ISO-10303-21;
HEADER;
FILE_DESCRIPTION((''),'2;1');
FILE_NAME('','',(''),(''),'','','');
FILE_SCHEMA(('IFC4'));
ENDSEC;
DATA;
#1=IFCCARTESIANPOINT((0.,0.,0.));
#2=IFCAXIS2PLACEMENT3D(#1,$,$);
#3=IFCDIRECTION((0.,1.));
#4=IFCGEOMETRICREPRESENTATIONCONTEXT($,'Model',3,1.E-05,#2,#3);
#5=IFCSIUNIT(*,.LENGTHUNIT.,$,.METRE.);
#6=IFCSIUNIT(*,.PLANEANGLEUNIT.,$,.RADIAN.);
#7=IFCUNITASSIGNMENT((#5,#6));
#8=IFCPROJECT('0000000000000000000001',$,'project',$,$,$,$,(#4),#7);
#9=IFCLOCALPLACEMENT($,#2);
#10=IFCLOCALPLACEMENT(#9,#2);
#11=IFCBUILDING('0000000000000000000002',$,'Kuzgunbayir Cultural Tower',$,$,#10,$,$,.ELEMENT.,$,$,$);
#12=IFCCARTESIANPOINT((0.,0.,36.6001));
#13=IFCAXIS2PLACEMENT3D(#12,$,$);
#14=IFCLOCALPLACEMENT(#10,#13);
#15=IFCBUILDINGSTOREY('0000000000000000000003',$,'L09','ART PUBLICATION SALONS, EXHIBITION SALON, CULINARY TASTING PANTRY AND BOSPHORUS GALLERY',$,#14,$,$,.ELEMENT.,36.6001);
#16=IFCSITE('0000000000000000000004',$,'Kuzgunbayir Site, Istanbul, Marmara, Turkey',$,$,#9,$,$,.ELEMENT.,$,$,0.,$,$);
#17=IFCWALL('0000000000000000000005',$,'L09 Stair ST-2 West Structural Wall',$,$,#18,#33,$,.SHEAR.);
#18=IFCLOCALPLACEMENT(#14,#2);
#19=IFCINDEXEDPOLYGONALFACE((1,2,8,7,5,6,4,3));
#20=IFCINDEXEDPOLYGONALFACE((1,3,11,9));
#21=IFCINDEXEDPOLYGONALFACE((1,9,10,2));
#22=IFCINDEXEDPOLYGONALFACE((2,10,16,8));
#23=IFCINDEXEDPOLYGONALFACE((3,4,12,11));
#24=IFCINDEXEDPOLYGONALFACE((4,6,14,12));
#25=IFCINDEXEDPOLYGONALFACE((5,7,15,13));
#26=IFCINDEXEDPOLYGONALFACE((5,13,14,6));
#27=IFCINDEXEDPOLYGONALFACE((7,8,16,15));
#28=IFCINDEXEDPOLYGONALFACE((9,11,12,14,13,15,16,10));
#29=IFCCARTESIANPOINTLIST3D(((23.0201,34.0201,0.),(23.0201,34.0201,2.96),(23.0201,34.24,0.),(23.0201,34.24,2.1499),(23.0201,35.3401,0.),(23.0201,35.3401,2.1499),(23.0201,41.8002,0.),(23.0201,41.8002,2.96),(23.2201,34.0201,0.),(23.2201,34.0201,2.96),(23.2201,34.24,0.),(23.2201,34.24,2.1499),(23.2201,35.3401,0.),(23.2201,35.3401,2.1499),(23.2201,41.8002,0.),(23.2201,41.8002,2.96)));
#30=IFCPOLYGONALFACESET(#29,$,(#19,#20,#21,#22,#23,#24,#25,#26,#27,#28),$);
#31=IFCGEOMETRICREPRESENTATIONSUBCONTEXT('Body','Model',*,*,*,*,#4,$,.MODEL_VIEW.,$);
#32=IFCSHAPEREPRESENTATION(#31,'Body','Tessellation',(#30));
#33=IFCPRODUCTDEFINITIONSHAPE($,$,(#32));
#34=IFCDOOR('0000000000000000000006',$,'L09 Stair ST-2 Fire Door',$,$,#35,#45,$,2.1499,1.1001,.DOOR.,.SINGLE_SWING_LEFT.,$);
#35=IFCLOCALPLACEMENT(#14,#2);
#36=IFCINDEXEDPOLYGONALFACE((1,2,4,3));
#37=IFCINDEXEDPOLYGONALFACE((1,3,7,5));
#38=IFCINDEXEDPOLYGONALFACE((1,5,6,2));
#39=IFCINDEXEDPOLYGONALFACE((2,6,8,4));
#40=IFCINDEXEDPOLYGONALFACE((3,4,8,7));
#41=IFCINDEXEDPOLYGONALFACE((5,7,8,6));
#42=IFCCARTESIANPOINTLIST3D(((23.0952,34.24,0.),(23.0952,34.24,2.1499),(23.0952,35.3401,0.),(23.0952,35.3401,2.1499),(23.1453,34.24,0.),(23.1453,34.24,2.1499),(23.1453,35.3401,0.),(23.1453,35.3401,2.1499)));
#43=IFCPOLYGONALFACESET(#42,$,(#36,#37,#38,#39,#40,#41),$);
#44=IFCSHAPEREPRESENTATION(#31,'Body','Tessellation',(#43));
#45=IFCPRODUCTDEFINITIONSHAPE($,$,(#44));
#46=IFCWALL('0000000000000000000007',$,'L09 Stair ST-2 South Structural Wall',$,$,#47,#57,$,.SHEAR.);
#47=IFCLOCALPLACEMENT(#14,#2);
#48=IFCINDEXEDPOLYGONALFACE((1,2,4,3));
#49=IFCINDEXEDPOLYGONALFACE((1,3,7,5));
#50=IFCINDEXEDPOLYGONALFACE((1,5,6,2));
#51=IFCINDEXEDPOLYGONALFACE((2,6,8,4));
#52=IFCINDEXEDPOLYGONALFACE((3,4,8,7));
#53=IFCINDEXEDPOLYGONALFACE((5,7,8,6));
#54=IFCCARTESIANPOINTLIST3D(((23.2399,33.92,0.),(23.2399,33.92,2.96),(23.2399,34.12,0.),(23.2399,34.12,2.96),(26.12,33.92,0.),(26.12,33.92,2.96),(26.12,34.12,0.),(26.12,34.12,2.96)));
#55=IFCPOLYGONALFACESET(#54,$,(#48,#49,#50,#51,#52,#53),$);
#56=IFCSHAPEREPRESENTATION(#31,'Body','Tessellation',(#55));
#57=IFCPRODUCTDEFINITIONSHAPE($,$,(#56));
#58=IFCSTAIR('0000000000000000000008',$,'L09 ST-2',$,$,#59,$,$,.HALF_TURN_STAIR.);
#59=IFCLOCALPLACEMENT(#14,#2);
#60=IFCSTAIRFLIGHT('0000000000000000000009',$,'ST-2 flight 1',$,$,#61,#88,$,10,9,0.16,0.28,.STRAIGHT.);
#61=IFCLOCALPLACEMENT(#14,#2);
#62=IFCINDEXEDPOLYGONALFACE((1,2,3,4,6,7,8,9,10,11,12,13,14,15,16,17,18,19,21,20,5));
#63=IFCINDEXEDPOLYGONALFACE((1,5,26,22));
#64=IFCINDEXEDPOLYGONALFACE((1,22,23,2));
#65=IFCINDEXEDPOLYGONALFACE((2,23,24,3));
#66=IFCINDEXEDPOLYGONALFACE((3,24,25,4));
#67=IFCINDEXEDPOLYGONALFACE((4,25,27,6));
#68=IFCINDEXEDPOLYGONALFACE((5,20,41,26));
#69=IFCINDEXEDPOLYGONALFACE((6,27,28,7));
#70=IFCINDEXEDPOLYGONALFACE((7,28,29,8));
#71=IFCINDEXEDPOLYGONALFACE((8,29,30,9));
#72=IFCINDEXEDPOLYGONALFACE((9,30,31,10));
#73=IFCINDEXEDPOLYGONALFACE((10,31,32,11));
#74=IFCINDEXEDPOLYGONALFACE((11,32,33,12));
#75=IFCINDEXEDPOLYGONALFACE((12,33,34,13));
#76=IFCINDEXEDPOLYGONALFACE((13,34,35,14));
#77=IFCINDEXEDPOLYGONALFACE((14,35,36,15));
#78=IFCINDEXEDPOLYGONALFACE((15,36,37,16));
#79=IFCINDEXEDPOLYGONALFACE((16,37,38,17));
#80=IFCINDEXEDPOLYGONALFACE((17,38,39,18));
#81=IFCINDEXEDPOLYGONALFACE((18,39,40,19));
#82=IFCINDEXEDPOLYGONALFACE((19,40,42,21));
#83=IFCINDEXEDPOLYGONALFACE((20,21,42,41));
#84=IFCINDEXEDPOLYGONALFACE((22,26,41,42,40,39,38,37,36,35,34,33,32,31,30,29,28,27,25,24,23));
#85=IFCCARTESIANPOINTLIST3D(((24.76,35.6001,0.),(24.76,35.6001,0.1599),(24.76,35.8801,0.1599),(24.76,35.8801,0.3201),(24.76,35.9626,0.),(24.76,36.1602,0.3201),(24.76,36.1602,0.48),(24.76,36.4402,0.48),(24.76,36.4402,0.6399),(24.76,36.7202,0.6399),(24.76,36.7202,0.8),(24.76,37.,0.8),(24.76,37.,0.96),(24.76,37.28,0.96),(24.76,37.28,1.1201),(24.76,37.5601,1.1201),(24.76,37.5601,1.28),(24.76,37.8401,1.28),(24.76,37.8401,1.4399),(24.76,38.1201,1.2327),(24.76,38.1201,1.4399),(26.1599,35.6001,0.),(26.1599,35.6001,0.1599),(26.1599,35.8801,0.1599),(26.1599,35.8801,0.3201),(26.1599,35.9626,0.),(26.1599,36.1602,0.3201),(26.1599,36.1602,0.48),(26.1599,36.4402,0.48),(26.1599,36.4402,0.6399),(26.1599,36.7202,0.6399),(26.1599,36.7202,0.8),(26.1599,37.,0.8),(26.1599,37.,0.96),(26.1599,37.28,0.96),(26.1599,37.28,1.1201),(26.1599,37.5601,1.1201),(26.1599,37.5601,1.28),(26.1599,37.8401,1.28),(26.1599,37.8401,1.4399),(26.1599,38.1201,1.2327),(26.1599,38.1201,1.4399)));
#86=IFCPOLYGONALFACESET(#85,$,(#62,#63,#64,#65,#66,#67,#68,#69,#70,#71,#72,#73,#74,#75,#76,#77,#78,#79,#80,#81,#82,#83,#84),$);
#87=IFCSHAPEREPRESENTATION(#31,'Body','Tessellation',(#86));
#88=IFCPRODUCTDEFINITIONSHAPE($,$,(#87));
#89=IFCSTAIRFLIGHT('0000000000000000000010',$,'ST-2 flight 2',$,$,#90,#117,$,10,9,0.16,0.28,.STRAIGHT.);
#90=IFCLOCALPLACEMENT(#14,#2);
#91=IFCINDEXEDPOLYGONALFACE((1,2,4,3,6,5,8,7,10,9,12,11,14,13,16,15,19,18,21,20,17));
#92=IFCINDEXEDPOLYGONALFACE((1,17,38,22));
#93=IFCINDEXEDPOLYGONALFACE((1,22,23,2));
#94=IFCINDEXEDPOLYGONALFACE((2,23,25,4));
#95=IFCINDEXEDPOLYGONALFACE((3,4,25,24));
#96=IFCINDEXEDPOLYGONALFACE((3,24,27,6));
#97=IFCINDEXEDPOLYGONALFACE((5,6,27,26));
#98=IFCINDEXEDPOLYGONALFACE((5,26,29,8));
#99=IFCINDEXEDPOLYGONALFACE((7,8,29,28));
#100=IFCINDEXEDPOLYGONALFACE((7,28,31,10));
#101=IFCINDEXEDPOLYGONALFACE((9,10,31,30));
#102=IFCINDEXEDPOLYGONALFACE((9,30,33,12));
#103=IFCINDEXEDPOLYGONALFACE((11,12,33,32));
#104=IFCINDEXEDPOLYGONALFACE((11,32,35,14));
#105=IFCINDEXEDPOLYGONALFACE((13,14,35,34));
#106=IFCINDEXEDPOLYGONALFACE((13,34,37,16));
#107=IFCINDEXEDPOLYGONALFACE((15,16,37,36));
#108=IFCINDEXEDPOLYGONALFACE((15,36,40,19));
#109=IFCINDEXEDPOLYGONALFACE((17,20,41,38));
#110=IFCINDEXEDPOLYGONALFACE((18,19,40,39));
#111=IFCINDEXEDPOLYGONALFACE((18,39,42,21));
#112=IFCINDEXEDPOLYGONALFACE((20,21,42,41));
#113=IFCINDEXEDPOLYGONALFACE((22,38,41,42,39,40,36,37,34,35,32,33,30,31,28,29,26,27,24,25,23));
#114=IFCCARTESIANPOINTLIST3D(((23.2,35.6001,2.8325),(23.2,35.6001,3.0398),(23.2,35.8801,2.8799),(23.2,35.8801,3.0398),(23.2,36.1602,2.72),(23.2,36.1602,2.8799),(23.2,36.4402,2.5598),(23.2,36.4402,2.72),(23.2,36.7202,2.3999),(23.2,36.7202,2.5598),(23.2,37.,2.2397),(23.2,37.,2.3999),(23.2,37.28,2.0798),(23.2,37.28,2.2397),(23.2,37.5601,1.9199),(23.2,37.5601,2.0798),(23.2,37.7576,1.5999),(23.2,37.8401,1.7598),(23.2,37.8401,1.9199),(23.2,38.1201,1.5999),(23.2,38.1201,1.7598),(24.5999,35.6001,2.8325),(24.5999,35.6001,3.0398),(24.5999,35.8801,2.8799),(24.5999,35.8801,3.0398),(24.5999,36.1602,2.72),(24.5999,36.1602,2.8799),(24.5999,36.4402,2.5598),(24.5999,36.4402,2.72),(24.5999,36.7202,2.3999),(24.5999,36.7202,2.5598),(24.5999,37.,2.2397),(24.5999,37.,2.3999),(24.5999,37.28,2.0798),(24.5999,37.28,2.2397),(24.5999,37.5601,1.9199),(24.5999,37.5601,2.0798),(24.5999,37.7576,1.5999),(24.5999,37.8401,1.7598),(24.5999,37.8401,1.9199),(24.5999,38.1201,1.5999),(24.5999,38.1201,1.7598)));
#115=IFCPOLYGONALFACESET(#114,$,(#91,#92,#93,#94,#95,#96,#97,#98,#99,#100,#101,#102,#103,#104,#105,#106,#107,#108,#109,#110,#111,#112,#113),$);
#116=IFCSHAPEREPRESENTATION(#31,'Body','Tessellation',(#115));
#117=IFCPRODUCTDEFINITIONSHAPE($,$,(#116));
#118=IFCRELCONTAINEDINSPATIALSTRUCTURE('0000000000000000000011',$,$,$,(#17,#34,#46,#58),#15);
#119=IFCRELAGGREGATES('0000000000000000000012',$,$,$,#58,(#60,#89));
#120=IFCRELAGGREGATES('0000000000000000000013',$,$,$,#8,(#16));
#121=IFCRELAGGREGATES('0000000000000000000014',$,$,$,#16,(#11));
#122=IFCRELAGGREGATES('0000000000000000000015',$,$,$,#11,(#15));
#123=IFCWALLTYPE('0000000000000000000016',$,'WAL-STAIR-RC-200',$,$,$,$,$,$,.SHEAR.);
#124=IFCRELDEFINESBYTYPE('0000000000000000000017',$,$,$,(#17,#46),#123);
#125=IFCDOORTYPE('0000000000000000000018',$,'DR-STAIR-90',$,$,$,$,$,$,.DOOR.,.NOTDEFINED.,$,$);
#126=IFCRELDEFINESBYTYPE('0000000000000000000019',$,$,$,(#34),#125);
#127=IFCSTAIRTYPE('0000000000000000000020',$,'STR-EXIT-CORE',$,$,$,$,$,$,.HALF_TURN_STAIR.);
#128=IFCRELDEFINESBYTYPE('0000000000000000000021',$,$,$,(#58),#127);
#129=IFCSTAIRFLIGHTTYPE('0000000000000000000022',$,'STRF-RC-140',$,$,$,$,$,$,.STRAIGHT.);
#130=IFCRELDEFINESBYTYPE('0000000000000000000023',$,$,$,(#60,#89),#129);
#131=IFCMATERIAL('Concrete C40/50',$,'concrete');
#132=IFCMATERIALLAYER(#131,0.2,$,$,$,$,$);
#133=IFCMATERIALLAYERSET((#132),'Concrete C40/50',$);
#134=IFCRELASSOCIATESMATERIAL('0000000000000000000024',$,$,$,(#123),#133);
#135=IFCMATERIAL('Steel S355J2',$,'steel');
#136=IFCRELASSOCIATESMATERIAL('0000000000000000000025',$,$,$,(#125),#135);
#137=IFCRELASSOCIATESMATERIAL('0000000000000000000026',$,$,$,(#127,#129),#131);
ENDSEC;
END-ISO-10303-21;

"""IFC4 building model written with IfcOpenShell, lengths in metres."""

from ifc_helpers import new_model, si_unit, direction, frame, frame_2d, origin, place, context, subcontext, project, spatial, polyline, rectangle, outline, extrude, material, layer, layer_set, type_object, element, fill, aggregate, save


model = new_model("IFC4")

# Units and contexts
model_context = context("Model", 3, precision=1e-05, world=origin(), true_north=direction((0.0, 1.0)))
body_context = subcontext(model_context, "Body", "Model", "MODEL_VIEW")
ifc_project = project(units=[si_unit("LENGTHUNIT", "METRE"), si_unit("PLANEANGLEUNIT", "RADIAN")], contexts=[model_context])

# Site, building, storey
site_placement = place(None, origin())
site = spatial("IfcSite", under=ifc_project, at=site_placement, Name="Kuzgunbayir Site, Istanbul, Marmara, Turkey", CompositionType="ELEMENT", RefElevation=0.0)
building_placement = place(site_placement, origin())
building = spatial("IfcBuilding", under=site, at=building_placement, Name="Kuzgunbayir Cultural Tower", CompositionType="ELEMENT")
storey_placement = place(building_placement, frame((0.0, 0.0, 36.6001)))
storey = spatial("IfcBuildingStorey", under=building, at=storey_placement, Name="L09", Description="ART PUBLICATION SALONS, EXHIBITION SALON, CULINARY TASTING PANTRY AND BOSPHORUS GALLERY", CompositionType="ELEMENT", Elevation=36.6001)

# Shared definitions
ifc_material_1 = material(Name="Steel S355J2", Category="steel")

# Shared definitions
ifc_material_2 = material(Name="Concrete C40/50", Category="concrete")

# Wall, opening, door
ifc_layer_1 = layer(ifc_material_2, 0.2)
ifc_layer_set_1 = layer_set([ifc_layer_1], Name="Concrete C40/50")
wall_type_1 = type_object("IfcWallType", Name="WAL-STAIR-RC-200", PredefinedType="SHEAR", material=ifc_layer_set_1)
wall_1_placement = place(storey_placement, frame((23.1201, 34.02, 0.0), z_axis=(0.0, 0.0, 1.0), x_axis=(0.0, 1.0, 0.0)))
wall_1 = element("IfcWall", 1, at=wall_1_placement, inside=storey, type_object=wall_type_1, Name="L09 Stair ST-2 West Structural Wall", PredefinedType="SHEAR", context=body_context, shape_type="SweptSolid", body=[
    extrude(rectangle(XDim=7.78, YDim=0.2, at=frame_2d((3.8901, 0.0))), origin(), (0.0, 0.0, 1.0), 2.96),
])
opening_1_placement = place(wall_1_placement, frame((0.22, 0.0, 0.0)))
opening_1 = element("IfcOpeningElement", 2, at=opening_1_placement, cuts=wall_1, PredefinedType="OPENING", context=body_context, shape_type="SweptSolid", body=[
    extrude(rectangle(XDim=1.1001, YDim=2.1499, at=frame_2d((0.55, 1.075))), frame((0.0, 0.1099, 0.0), z_axis=(0.0, -1.0, 0.0), x_axis=(1.0, 0.0, 0.0)), (0.0, 0.0, 1.0), 0.22),
])
door_type_1 = type_object("IfcDoorType", Name="DR-STAIR-90", OperationType="NOTDEFINED", PredefinedType="DOOR", material=ifc_material_1)
door_1_placement = place(opening_1_placement, origin())
door_1 = element("IfcDoor", 3, at=door_1_placement, inside=storey, type_object=door_type_1, Name="L09 Stair ST-2 Fire Door", OperationType="SINGLE_SWING_LEFT", OverallHeight=2.1499, OverallWidth=1.1001, PredefinedType="DOOR", context=body_context, shape_type="SweptSolid", body=[
    extrude(rectangle(XDim=1.1001, YDim=2.1499, at=frame_2d((0.55, 1.075))), frame((0.0, 0.0249, 0.0), z_axis=(0.0, -1.0, 0.0), x_axis=(1.0, 0.0, 0.0)), (0.0, 0.0, 1.0), 0.05),
])
fill(opening_1, door_1)

# Wall
wall_2_placement = place(storey_placement, frame((23.24, 34.02, 0.0), z_axis=(0.0, 0.0, 1.0), x_axis=(1.0, 0.0, 0.0)))
element("IfcWall", 4, at=wall_2_placement, inside=storey, type_object=wall_type_1, Name="L09 Stair ST-2 South Structural Wall", PredefinedType="SHEAR", context=body_context, shape_type="SweptSolid", body=[
    extrude(rectangle(XDim=2.8801, YDim=0.2, at=frame_2d((1.4399, 0.0))), origin(), (0.0, 0.0, 1.0), 2.96),
])

# Stair, stair flights
stair_type = type_object("IfcStairType", Name="STR-EXIT-CORE", PredefinedType="HALF_TURN_STAIR", material=ifc_material_2)
stair_placement = place(storey_placement, origin())
stair = element("IfcStair", 5, at=stair_placement, inside=storey, type_object=stair_type, Name="L09 ST-2", PredefinedType="HALF_TURN_STAIR")
stair_flight_type = type_object("IfcStairFlightType", Name="STRF-RC-140", PredefinedType="STRAIGHT", material=ifc_material_2)
stair_flight_1_placement = place(storey_placement, frame((25.46, 35.6001, 0.0), z_axis=(0.0, 0.0, 1.0), x_axis=(0.0, 1.0, 0.0)))
stair_flight_1 = element("IfcStairFlight", 6, at=stair_flight_1_placement, type_object=stair_flight_type, Name="ST-2 flight 1", NumberOfRisers=10, NumberOfTreads=9, PredefinedType="STRAIGHT", RiserHeight=0.16, TreadLength=0.28, context=body_context, shape_type="SweptSolid", body=[
    extrude(outline(polyline([(0.0, 0.0), (0.0, 0.1599), (0.28, 0.1599), (0.28, 0.3201), (0.5601, 0.3201), (0.5601, 0.48), (0.8401, 0.48), (0.8401, 0.6399), (1.1201, 0.6399), (1.1201, 0.8), (1.3999, 0.8), (1.3999, 0.96), (1.6799, 0.96), (1.6799, 1.1201), (1.96, 1.1201), (1.96, 1.28), (2.24, 1.28), (2.24, 1.4399), (2.52, 1.4399), (2.52, 1.6001), (2.52, 1.2327), (0.3625, 0.0), (0.0, 0.0)])), frame((0.0, 0.7, 0.0), z_axis=(0.0, -1.0, 0.0), x_axis=(1.0, 0.0, 0.0)), (0.0, 0.0, 1.0), 1.3999),
])
stair_flight_2_placement = place(storey_placement, frame((23.8999, 38.1201, 1.5999), z_axis=(0.0, 0.0, 1.0), x_axis=(0.0, -1.0, 0.0)))
stair_flight_2 = element("IfcStairFlight", 7, at=stair_flight_2_placement, type_object=stair_flight_type, Name="ST-2 flight 2", NumberOfRisers=10, NumberOfTreads=9, PredefinedType="STRAIGHT", RiserHeight=0.16, TreadLength=0.28, context=body_context, shape_type="SweptSolid", body=[
    extrude(outline(polyline([(0.0, 0.0), (0.0, 0.1599), (0.28, 0.1599), (0.28, 0.3201), (0.5601, 0.3201), (0.5601, 0.48), (0.8401, 0.48), (0.8401, 0.6399), (1.1201, 0.6399), (1.1201, 0.8), (1.3999, 0.8), (1.3999, 0.96), (1.6799, 0.96), (1.6799, 1.1201), (1.96, 1.1201), (1.96, 1.28), (2.24, 1.28), (2.24, 1.4399), (2.52, 1.4399), (2.52, 1.6001), (2.52, 1.2327), (0.3625, 0.0), (0.0, 0.0)])), frame((0.0, 0.7, 0.0), z_axis=(0.0, -1.0, 0.0), x_axis=(1.0, 0.0, 0.0)), (0.0, 0.0, 1.0), 1.3999),
])
aggregate(stair, [stair_flight_1, stair_flight_2])

save(model, "model.ifc")
